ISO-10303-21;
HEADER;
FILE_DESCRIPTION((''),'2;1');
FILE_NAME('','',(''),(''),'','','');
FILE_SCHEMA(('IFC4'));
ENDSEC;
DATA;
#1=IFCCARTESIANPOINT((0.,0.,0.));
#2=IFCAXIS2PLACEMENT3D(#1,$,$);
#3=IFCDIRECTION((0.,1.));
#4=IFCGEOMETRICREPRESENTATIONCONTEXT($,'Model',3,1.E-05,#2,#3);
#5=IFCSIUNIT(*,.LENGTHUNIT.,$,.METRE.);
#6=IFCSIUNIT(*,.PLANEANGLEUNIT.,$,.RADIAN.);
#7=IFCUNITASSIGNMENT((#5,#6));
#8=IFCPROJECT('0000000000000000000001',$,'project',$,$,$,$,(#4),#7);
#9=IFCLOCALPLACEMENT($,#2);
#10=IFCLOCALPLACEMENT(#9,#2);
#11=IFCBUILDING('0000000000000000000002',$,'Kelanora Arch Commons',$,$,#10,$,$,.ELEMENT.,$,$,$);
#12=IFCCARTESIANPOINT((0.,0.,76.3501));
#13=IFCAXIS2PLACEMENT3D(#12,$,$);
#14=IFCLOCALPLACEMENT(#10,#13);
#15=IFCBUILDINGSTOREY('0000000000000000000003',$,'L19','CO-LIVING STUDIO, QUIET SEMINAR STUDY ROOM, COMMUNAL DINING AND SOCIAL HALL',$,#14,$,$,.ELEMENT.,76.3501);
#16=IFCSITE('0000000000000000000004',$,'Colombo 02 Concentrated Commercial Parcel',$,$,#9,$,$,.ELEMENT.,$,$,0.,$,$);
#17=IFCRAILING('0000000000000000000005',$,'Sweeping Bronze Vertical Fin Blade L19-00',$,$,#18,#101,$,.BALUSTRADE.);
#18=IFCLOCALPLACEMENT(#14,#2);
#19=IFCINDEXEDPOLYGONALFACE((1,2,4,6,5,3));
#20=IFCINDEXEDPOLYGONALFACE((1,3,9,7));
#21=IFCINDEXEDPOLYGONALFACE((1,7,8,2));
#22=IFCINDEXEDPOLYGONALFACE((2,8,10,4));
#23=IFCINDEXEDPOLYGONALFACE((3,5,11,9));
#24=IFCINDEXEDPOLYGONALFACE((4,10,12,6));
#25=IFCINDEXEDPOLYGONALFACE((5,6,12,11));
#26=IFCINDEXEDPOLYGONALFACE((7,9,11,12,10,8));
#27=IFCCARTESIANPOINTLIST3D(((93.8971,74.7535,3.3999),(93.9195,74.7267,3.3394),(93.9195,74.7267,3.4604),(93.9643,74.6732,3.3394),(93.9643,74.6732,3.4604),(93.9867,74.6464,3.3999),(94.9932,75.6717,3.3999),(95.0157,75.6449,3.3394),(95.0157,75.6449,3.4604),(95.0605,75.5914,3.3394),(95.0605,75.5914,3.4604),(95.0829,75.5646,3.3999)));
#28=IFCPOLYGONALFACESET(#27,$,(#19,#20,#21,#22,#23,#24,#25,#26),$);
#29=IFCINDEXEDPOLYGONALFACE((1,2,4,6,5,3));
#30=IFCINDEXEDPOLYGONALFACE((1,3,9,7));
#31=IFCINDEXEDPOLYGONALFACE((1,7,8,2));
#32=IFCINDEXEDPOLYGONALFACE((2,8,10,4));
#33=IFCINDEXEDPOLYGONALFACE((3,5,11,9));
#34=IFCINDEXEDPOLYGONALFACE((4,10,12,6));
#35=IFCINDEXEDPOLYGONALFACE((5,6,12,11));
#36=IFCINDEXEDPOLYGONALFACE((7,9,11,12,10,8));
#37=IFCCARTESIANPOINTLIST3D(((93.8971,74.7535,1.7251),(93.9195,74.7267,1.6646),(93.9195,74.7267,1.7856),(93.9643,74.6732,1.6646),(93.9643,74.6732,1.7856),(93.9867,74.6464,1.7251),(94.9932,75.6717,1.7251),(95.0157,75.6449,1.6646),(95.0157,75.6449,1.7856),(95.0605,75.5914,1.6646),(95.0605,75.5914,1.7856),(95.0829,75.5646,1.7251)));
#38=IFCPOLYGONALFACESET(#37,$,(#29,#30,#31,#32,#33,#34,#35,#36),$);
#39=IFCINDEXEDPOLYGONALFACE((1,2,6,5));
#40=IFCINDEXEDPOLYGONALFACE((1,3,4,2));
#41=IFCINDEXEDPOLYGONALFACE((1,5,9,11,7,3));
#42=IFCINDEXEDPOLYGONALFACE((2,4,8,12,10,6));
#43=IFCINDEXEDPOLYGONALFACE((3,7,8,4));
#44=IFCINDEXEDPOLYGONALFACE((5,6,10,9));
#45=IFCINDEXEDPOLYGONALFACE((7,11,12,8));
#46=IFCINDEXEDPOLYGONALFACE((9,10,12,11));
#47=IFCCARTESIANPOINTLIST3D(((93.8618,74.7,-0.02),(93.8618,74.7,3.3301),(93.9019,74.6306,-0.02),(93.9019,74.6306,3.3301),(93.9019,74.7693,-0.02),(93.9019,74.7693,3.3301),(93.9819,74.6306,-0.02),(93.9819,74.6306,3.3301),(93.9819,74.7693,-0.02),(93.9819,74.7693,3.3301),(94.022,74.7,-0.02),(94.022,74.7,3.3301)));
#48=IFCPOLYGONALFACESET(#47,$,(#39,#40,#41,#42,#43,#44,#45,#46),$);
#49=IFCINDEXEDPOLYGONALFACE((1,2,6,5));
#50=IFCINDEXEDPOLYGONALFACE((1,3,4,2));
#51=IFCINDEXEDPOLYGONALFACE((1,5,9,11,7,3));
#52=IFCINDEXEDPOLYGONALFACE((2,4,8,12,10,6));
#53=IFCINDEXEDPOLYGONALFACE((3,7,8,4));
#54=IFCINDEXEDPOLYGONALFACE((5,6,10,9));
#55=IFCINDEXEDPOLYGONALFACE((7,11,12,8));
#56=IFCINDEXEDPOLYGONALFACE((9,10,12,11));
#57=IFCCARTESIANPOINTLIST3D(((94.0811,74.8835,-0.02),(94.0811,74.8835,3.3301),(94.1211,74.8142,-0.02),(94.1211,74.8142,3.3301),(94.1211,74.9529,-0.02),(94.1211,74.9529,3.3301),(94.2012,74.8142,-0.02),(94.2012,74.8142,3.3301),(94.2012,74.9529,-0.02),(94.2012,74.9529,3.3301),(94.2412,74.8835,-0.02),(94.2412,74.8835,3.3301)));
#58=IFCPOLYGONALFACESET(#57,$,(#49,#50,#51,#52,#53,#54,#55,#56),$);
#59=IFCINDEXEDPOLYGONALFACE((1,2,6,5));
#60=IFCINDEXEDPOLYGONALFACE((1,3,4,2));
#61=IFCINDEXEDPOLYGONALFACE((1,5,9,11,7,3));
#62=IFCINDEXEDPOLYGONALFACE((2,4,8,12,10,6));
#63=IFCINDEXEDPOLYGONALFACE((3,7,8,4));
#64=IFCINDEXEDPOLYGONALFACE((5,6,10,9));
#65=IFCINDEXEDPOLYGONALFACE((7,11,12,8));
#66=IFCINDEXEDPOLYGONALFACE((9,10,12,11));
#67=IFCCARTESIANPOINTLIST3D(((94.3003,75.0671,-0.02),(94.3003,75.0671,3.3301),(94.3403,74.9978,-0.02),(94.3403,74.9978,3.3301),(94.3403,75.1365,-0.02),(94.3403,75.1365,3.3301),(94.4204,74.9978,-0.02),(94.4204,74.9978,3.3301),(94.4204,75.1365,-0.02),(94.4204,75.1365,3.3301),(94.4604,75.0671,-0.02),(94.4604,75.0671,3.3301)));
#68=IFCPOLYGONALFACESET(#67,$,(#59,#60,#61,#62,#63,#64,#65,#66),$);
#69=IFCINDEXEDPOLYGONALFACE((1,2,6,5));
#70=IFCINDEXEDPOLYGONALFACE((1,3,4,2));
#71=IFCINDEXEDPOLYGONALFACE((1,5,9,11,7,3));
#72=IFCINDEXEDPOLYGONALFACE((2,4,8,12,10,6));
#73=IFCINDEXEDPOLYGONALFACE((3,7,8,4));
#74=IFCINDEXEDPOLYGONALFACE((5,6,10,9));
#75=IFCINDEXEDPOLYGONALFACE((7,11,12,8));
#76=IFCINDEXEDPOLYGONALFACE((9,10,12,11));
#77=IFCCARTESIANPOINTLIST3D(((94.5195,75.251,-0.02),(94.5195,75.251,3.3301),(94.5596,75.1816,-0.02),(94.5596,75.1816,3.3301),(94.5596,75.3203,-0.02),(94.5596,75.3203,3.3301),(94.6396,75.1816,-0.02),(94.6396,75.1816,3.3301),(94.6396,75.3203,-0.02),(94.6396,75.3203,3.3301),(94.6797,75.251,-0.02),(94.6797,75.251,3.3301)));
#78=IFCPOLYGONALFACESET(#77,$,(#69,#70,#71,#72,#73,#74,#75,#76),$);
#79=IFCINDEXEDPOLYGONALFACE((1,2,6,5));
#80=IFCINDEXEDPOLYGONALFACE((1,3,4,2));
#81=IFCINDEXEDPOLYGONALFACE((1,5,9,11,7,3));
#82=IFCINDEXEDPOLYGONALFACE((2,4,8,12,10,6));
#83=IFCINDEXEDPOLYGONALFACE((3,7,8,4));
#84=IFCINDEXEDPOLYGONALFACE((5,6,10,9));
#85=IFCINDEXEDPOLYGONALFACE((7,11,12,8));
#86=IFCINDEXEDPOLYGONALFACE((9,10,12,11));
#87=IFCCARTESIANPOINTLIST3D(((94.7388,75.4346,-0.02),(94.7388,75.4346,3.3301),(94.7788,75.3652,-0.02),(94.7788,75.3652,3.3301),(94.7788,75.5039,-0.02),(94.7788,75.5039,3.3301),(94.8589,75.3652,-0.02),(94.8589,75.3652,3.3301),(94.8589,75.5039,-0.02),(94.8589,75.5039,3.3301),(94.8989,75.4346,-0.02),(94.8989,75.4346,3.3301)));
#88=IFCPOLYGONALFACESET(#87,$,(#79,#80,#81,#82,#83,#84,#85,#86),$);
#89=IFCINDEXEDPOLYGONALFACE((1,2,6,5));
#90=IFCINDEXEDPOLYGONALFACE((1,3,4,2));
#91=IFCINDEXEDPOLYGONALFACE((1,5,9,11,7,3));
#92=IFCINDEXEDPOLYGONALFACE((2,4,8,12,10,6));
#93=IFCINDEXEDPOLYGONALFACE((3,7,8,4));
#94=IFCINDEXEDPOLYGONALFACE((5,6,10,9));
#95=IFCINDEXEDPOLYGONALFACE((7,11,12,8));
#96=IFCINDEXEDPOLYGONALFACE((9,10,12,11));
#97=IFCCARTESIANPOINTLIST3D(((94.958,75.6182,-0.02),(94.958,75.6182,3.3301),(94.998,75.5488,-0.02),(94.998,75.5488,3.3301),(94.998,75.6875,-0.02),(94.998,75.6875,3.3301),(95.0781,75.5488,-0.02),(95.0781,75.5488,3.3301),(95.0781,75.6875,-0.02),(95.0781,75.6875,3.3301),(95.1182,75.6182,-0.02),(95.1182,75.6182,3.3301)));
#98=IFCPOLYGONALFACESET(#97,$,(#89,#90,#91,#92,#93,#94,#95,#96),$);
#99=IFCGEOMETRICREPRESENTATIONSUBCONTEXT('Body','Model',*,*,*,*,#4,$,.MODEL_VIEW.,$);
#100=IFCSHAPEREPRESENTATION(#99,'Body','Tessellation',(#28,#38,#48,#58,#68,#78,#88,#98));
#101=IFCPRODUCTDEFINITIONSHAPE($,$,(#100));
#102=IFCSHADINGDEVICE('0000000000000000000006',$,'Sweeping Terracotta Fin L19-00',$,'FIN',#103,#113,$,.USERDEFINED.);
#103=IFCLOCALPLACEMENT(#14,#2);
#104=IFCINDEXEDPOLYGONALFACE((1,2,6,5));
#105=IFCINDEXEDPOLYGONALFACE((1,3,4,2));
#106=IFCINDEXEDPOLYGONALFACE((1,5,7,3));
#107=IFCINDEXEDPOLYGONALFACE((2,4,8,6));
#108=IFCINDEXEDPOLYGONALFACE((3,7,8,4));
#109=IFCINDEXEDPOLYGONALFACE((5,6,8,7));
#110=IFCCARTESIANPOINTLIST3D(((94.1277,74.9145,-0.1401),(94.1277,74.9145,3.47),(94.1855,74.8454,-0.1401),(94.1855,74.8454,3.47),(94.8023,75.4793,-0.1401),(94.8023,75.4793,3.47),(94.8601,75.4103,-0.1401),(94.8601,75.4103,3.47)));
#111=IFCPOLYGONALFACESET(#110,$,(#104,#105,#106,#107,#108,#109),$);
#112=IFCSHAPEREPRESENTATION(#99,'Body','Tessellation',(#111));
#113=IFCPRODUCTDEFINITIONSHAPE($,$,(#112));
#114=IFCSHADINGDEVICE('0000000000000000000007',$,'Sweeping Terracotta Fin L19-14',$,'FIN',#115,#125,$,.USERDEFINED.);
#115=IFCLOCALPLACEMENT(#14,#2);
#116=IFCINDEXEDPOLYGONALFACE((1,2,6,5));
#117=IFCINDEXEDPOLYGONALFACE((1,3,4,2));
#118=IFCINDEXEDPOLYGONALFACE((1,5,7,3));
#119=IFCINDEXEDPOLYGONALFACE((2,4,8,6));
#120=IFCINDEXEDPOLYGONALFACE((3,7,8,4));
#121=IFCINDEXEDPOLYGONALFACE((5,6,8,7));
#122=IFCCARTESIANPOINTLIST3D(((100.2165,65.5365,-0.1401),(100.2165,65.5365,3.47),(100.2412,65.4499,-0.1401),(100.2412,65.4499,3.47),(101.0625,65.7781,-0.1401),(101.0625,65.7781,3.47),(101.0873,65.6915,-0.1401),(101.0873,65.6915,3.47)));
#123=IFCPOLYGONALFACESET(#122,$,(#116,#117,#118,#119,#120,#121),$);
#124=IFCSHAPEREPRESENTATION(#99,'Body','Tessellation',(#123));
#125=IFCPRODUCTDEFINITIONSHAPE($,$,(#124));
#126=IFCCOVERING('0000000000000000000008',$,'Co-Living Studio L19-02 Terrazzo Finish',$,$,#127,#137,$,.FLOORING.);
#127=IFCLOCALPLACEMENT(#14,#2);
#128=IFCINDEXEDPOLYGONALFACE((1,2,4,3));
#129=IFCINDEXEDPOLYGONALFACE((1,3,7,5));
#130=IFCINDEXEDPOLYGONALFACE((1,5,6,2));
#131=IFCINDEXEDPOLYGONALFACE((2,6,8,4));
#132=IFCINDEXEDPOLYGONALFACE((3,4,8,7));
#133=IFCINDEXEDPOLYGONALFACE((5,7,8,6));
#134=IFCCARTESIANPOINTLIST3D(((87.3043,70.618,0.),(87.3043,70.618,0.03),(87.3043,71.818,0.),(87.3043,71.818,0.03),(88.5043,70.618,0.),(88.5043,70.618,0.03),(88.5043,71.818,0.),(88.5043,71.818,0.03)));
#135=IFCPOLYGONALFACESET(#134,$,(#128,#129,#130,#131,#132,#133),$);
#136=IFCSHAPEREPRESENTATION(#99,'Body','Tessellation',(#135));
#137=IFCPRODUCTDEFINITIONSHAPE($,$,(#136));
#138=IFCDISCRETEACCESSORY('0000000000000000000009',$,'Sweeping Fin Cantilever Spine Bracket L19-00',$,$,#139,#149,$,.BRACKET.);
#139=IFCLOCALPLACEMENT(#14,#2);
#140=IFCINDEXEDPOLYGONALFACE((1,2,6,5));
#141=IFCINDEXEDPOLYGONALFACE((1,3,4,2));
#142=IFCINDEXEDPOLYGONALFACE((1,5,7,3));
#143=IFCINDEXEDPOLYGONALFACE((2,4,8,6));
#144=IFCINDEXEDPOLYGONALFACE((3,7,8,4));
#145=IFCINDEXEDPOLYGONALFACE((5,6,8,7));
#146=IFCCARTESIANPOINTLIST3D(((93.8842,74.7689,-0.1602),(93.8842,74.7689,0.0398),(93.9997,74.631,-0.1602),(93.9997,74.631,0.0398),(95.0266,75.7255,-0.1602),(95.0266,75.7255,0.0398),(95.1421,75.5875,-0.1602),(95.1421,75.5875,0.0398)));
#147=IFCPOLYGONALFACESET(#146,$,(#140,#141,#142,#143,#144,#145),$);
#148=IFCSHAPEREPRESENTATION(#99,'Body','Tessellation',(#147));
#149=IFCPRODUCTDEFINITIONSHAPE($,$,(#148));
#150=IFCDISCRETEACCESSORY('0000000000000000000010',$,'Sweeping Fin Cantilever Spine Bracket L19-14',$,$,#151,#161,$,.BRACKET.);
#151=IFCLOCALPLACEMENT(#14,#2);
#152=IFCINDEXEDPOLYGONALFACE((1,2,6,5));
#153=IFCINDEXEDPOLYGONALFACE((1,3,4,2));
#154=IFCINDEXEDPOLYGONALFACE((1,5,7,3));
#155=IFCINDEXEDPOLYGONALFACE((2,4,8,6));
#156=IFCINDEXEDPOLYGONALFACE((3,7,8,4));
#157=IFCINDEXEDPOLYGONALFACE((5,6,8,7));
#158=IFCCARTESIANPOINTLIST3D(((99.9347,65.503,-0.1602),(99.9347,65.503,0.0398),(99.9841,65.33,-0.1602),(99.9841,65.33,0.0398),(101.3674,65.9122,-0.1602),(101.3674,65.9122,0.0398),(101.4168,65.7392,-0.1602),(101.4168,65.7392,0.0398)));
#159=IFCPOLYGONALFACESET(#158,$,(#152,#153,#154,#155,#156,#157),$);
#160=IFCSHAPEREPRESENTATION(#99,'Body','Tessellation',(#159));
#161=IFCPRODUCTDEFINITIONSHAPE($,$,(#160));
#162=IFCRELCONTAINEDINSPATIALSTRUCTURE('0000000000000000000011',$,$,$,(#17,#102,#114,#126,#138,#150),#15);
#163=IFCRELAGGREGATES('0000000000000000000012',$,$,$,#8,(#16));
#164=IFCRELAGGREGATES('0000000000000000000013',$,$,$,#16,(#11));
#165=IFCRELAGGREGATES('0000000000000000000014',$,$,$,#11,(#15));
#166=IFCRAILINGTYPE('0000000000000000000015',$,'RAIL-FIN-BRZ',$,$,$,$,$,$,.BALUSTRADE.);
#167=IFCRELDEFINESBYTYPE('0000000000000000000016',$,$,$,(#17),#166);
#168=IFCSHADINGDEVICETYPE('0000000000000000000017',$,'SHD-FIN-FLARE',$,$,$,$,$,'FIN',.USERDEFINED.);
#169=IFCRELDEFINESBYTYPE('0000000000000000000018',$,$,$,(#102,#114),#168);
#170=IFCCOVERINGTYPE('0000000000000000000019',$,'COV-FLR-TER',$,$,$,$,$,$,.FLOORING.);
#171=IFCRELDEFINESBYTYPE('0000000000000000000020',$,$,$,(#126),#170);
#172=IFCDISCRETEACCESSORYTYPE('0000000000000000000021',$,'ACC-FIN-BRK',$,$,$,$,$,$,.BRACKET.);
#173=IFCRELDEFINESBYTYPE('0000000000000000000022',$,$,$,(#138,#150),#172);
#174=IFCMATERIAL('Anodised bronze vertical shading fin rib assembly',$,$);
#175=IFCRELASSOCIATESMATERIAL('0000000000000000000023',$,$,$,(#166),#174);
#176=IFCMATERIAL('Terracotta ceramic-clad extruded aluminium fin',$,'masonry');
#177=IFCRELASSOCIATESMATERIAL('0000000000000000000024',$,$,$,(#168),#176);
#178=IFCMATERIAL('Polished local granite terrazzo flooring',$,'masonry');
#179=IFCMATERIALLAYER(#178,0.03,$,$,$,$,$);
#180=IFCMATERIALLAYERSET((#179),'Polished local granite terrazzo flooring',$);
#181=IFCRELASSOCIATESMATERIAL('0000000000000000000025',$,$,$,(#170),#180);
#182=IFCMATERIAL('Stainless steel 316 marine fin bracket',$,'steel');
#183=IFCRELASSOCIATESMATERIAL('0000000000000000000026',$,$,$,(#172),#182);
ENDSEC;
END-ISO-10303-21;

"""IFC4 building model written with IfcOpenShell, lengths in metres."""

from ifc_helpers import new_model, si_unit, direction, frame, origin, origin_2d, place, context, subcontext, project, spatial, polyline, rectangle, outline, extrude, source, transform, mapped, material, layer, layer_set, type_object, element, save


model = new_model("IFC4")

# Units and contexts
model_context = context("Model", 3, precision=1e-05, world=origin(), true_north=direction((0.0, 1.0)))
body_context = subcontext(model_context, "Body", "Model", "MODEL_VIEW")
ifc_project = project(units=[si_unit("LENGTHUNIT", "METRE"), si_unit("PLANEANGLEUNIT", "RADIAN")], contexts=[model_context])

# Site, building, storey
site_placement = place(None, origin())
site = spatial("IfcSite", under=ifc_project, at=site_placement, Name="Colombo 02 Concentrated Commercial Parcel", CompositionType="ELEMENT", RefElevation=0.0)
building_placement = place(site_placement, origin())
building = spatial("IfcBuilding", under=site, at=building_placement, Name="Kelanora Arch Commons", CompositionType="ELEMENT")
storey_placement = place(building_placement, frame((0.0, 0.0, 76.3501)))
storey = spatial("IfcBuildingStorey", under=building, at=storey_placement, Name="L19", Description="CO-LIVING STUDIO, QUIET SEMINAR STUDY ROOM, COMMUNAL DINING AND SOCIAL HALL", CompositionType="ELEMENT", Elevation=76.3501)

# Railing
ifc_material_1 = material(Name="Anodised bronze vertical shading fin rib assembly")
railing_type = type_object("IfcRailingType", Name="RAIL-FIN-BRZ", PredefinedType="BALUSTRADE", material=ifc_material_1)
railing_placement = place(storey_placement, frame((93.9419, 74.7, -0.02)))
element("IfcRailing", 1, at=railing_placement, inside=storey, type_object=railing_type, Name="Sweeping Bronze Vertical Fin Blade L19-00", PredefinedType="BALUSTRADE", context=body_context, shape_type="SweptSolid", body=[
    extrude(outline(polyline([(0.0698, 0.0), (0.0349, 0.0605), (-0.0349, 0.0605), (-0.0698, 0.0), (-0.0349, -0.0605), (0.0349, -0.0605), (0.0698, 0.0)])), frame((0.0, 0.0, 3.4199), z_axis=(0.766595, 0.64213, 0.0), x_axis=(-0.64213, 0.766595, 0.0)), (0.0, 0.0, 1.0), 1.4299),
    extrude(outline(polyline([(0.0698, 0.0), (0.0349, 0.0605), (-0.0349, 0.0605), (-0.0698, 0.0), (-0.0349, -0.0605), (0.0349, -0.0605), (0.0698, 0.0)])), frame((0.0, 0.0, 1.7451), z_axis=(0.766595, 0.64213, 0.0), x_axis=(-0.64213, 0.766595, 0.0)), (0.0, 0.0, 1.0), 1.4299),
    extrude(outline(polyline([(0.0801, 0.0), (0.04, 0.0693), (-0.04, 0.0693), (-0.0801, 0.0), (-0.04, -0.0693), (0.04, -0.0693), (0.0801, 0.0)])), origin(), (0.0, 0.0, 1.0), 3.3501),
    extrude(outline(polyline([(0.0801, 0.0), (0.04, 0.0693), (-0.04, 0.0693), (-0.0801, 0.0), (-0.04, -0.0693), (0.04, -0.0693), (0.0801, 0.0)])), frame((0.2192, 0.1836, 0.0)), (0.0, 0.0, 1.0), 3.3501),
    extrude(outline(polyline([(0.0801, 0.0), (0.04, 0.0693), (-0.04, 0.0693), (-0.0801, 0.0), (-0.04, -0.0693), (0.04, -0.0693), (0.0801, 0.0)])), frame((0.4385, 0.3672, 0.0)), (0.0, 0.0, 1.0), 3.3501),
    extrude(outline(polyline([(0.0801, 0.0), (0.04, 0.0693), (-0.04, 0.0693), (-0.0801, 0.0), (-0.04, -0.0693), (0.04, -0.0693), (0.0801, 0.0)])), frame((0.6577, 0.551, 0.0)), (0.0, 0.0, 1.0), 3.3501),
    extrude(outline(polyline([(0.0801, 0.0), (0.04, 0.0693), (-0.04, 0.0693), (-0.0801, 0.0), (-0.04, -0.0693), (0.04, -0.0693), (0.0801, 0.0)])), frame((0.877, 0.7346, 0.0)), (0.0, 0.0, 1.0), 3.3501),
    extrude(outline(polyline([(0.0801, 0.0), (0.04, 0.0693), (-0.04, 0.0693), (-0.0801, 0.0), (-0.04, -0.0693), (0.04, -0.0693), (0.0801, 0.0)])), frame((1.0962, 0.9182, 0.0)), (0.0, 0.0, 1.0), 3.3501),
])

# Shading devices
ifc_material_2 = material(Name="Terracotta ceramic-clad extruded aluminium fin", Category="masonry")
shading_device_type = type_object("IfcShadingDeviceType", Name="SHD-FIN-FLARE", ElementType="FIN", PredefinedType="USERDEFINED", material=ifc_material_2)
shared_shape_1 = source(origin(), body_context, "Body", "SweptSolid", [
    extrude(rectangle(XDim=0.8799, YDim=0.0901, at=origin_2d()), origin(), (0.0, 0.0, 1.0), 3.6101),
])
for number, where, z_axis, x_axis, name in (
    (2, (94.4939, 75.1624, -0.1401), (0.0, 0.0, 1.0), (0.766717, 0.641985, 0.0), "Sweeping Terracotta Fin L19-00"),
    (3, (100.6519, 65.614, -0.1401), (0.0, 0.0, 1.0), (0.96155, 0.274631, 0.0), "Sweeping Terracotta Fin L19-14"),
):
    element("IfcShadingDevice", number, at=place(storey_placement, frame(where, z_axis=z_axis, x_axis=x_axis)), inside=storey, type_object=shading_device_type, Name=name, ObjectType="FIN", PredefinedType="USERDEFINED", context=body_context, shape_type="MappedRepresentation", body=[
        mapped(shared_shape_1, transform((0.0, 0.0, 0.0), scale=1.0)),
    ])

# Covering
ifc_material_3 = material(Name="Polished local granite terrazzo flooring", Category="masonry")
ifc_layer_1 = layer(ifc_material_3, 0.03)
ifc_layer_set_1 = layer_set([ifc_layer_1], Name="Polished local granite terrazzo flooring")
covering_type = type_object("IfcCoveringType", Name="COV-FLR-TER", PredefinedType="FLOORING", material=ifc_layer_set_1)
shared_shape_2 = source(origin(), body_context, "Body", "SweptSolid", [
    extrude(rectangle(XDim=1.2, YDim=1.2, at=origin_2d()), origin(), (0.0, 0.0, 1.0), 0.03),
])
covering_placement = place(storey_placement, frame((87.9043, 71.218, 0.0), z_axis=(0.0, 0.0, 1.0), x_axis=(1.0, 0.0, 0.0)))
element("IfcCovering", 4, at=covering_placement, inside=storey, type_object=covering_type, Name="Co-Living Studio L19-02 Terrazzo Finish", PredefinedType="FLOORING", context=body_context, shape_type="MappedRepresentation", body=[
    mapped(shared_shape_2, transform((0.0, 0.0, 0.0), scale=1.0)),
])

# Discrete accessories
ifc_material_4 = material(Name="Stainless steel 316 marine fin bracket", Category="steel")
discrete_accessory_type = type_object("IfcDiscreteAccessoryType", Name="ACC-FIN-BRK", PredefinedType="BRACKET", material=ifc_material_4)
shared_shape_3 = source(origin(), body_context, "Body", "SweptSolid", [
    extrude(rectangle(XDim=1.49, YDim=0.1799, at=origin_2d()), origin(), (0.0, 0.0, 1.0), 0.2),
])
for number, where, z_axis, x_axis, name in (
    (5, (94.5132, 75.1782, -0.1602), (0.0, 0.0, 1.0), (0.766717, 0.641985, 0.0), "Sweeping Fin Cantilever Spine Bracket L19-00"),
    (6, (100.6758, 65.6211, -0.1602), (0.0, 0.0, 1.0), (0.96155, 0.274631, 0.0), "Sweeping Fin Cantilever Spine Bracket L19-14"),
):
    element("IfcDiscreteAccessory", number, at=place(storey_placement, frame(where, z_axis=z_axis, x_axis=x_axis)), inside=storey, type_object=discrete_accessory_type, Name=name, PredefinedType="BRACKET", context=body_context, shape_type="MappedRepresentation", body=[
        mapped(shared_shape_3, transform((0.0, 0.0, 0.0), scale=1.0)),
    ])

save(model, "model.ifc")
